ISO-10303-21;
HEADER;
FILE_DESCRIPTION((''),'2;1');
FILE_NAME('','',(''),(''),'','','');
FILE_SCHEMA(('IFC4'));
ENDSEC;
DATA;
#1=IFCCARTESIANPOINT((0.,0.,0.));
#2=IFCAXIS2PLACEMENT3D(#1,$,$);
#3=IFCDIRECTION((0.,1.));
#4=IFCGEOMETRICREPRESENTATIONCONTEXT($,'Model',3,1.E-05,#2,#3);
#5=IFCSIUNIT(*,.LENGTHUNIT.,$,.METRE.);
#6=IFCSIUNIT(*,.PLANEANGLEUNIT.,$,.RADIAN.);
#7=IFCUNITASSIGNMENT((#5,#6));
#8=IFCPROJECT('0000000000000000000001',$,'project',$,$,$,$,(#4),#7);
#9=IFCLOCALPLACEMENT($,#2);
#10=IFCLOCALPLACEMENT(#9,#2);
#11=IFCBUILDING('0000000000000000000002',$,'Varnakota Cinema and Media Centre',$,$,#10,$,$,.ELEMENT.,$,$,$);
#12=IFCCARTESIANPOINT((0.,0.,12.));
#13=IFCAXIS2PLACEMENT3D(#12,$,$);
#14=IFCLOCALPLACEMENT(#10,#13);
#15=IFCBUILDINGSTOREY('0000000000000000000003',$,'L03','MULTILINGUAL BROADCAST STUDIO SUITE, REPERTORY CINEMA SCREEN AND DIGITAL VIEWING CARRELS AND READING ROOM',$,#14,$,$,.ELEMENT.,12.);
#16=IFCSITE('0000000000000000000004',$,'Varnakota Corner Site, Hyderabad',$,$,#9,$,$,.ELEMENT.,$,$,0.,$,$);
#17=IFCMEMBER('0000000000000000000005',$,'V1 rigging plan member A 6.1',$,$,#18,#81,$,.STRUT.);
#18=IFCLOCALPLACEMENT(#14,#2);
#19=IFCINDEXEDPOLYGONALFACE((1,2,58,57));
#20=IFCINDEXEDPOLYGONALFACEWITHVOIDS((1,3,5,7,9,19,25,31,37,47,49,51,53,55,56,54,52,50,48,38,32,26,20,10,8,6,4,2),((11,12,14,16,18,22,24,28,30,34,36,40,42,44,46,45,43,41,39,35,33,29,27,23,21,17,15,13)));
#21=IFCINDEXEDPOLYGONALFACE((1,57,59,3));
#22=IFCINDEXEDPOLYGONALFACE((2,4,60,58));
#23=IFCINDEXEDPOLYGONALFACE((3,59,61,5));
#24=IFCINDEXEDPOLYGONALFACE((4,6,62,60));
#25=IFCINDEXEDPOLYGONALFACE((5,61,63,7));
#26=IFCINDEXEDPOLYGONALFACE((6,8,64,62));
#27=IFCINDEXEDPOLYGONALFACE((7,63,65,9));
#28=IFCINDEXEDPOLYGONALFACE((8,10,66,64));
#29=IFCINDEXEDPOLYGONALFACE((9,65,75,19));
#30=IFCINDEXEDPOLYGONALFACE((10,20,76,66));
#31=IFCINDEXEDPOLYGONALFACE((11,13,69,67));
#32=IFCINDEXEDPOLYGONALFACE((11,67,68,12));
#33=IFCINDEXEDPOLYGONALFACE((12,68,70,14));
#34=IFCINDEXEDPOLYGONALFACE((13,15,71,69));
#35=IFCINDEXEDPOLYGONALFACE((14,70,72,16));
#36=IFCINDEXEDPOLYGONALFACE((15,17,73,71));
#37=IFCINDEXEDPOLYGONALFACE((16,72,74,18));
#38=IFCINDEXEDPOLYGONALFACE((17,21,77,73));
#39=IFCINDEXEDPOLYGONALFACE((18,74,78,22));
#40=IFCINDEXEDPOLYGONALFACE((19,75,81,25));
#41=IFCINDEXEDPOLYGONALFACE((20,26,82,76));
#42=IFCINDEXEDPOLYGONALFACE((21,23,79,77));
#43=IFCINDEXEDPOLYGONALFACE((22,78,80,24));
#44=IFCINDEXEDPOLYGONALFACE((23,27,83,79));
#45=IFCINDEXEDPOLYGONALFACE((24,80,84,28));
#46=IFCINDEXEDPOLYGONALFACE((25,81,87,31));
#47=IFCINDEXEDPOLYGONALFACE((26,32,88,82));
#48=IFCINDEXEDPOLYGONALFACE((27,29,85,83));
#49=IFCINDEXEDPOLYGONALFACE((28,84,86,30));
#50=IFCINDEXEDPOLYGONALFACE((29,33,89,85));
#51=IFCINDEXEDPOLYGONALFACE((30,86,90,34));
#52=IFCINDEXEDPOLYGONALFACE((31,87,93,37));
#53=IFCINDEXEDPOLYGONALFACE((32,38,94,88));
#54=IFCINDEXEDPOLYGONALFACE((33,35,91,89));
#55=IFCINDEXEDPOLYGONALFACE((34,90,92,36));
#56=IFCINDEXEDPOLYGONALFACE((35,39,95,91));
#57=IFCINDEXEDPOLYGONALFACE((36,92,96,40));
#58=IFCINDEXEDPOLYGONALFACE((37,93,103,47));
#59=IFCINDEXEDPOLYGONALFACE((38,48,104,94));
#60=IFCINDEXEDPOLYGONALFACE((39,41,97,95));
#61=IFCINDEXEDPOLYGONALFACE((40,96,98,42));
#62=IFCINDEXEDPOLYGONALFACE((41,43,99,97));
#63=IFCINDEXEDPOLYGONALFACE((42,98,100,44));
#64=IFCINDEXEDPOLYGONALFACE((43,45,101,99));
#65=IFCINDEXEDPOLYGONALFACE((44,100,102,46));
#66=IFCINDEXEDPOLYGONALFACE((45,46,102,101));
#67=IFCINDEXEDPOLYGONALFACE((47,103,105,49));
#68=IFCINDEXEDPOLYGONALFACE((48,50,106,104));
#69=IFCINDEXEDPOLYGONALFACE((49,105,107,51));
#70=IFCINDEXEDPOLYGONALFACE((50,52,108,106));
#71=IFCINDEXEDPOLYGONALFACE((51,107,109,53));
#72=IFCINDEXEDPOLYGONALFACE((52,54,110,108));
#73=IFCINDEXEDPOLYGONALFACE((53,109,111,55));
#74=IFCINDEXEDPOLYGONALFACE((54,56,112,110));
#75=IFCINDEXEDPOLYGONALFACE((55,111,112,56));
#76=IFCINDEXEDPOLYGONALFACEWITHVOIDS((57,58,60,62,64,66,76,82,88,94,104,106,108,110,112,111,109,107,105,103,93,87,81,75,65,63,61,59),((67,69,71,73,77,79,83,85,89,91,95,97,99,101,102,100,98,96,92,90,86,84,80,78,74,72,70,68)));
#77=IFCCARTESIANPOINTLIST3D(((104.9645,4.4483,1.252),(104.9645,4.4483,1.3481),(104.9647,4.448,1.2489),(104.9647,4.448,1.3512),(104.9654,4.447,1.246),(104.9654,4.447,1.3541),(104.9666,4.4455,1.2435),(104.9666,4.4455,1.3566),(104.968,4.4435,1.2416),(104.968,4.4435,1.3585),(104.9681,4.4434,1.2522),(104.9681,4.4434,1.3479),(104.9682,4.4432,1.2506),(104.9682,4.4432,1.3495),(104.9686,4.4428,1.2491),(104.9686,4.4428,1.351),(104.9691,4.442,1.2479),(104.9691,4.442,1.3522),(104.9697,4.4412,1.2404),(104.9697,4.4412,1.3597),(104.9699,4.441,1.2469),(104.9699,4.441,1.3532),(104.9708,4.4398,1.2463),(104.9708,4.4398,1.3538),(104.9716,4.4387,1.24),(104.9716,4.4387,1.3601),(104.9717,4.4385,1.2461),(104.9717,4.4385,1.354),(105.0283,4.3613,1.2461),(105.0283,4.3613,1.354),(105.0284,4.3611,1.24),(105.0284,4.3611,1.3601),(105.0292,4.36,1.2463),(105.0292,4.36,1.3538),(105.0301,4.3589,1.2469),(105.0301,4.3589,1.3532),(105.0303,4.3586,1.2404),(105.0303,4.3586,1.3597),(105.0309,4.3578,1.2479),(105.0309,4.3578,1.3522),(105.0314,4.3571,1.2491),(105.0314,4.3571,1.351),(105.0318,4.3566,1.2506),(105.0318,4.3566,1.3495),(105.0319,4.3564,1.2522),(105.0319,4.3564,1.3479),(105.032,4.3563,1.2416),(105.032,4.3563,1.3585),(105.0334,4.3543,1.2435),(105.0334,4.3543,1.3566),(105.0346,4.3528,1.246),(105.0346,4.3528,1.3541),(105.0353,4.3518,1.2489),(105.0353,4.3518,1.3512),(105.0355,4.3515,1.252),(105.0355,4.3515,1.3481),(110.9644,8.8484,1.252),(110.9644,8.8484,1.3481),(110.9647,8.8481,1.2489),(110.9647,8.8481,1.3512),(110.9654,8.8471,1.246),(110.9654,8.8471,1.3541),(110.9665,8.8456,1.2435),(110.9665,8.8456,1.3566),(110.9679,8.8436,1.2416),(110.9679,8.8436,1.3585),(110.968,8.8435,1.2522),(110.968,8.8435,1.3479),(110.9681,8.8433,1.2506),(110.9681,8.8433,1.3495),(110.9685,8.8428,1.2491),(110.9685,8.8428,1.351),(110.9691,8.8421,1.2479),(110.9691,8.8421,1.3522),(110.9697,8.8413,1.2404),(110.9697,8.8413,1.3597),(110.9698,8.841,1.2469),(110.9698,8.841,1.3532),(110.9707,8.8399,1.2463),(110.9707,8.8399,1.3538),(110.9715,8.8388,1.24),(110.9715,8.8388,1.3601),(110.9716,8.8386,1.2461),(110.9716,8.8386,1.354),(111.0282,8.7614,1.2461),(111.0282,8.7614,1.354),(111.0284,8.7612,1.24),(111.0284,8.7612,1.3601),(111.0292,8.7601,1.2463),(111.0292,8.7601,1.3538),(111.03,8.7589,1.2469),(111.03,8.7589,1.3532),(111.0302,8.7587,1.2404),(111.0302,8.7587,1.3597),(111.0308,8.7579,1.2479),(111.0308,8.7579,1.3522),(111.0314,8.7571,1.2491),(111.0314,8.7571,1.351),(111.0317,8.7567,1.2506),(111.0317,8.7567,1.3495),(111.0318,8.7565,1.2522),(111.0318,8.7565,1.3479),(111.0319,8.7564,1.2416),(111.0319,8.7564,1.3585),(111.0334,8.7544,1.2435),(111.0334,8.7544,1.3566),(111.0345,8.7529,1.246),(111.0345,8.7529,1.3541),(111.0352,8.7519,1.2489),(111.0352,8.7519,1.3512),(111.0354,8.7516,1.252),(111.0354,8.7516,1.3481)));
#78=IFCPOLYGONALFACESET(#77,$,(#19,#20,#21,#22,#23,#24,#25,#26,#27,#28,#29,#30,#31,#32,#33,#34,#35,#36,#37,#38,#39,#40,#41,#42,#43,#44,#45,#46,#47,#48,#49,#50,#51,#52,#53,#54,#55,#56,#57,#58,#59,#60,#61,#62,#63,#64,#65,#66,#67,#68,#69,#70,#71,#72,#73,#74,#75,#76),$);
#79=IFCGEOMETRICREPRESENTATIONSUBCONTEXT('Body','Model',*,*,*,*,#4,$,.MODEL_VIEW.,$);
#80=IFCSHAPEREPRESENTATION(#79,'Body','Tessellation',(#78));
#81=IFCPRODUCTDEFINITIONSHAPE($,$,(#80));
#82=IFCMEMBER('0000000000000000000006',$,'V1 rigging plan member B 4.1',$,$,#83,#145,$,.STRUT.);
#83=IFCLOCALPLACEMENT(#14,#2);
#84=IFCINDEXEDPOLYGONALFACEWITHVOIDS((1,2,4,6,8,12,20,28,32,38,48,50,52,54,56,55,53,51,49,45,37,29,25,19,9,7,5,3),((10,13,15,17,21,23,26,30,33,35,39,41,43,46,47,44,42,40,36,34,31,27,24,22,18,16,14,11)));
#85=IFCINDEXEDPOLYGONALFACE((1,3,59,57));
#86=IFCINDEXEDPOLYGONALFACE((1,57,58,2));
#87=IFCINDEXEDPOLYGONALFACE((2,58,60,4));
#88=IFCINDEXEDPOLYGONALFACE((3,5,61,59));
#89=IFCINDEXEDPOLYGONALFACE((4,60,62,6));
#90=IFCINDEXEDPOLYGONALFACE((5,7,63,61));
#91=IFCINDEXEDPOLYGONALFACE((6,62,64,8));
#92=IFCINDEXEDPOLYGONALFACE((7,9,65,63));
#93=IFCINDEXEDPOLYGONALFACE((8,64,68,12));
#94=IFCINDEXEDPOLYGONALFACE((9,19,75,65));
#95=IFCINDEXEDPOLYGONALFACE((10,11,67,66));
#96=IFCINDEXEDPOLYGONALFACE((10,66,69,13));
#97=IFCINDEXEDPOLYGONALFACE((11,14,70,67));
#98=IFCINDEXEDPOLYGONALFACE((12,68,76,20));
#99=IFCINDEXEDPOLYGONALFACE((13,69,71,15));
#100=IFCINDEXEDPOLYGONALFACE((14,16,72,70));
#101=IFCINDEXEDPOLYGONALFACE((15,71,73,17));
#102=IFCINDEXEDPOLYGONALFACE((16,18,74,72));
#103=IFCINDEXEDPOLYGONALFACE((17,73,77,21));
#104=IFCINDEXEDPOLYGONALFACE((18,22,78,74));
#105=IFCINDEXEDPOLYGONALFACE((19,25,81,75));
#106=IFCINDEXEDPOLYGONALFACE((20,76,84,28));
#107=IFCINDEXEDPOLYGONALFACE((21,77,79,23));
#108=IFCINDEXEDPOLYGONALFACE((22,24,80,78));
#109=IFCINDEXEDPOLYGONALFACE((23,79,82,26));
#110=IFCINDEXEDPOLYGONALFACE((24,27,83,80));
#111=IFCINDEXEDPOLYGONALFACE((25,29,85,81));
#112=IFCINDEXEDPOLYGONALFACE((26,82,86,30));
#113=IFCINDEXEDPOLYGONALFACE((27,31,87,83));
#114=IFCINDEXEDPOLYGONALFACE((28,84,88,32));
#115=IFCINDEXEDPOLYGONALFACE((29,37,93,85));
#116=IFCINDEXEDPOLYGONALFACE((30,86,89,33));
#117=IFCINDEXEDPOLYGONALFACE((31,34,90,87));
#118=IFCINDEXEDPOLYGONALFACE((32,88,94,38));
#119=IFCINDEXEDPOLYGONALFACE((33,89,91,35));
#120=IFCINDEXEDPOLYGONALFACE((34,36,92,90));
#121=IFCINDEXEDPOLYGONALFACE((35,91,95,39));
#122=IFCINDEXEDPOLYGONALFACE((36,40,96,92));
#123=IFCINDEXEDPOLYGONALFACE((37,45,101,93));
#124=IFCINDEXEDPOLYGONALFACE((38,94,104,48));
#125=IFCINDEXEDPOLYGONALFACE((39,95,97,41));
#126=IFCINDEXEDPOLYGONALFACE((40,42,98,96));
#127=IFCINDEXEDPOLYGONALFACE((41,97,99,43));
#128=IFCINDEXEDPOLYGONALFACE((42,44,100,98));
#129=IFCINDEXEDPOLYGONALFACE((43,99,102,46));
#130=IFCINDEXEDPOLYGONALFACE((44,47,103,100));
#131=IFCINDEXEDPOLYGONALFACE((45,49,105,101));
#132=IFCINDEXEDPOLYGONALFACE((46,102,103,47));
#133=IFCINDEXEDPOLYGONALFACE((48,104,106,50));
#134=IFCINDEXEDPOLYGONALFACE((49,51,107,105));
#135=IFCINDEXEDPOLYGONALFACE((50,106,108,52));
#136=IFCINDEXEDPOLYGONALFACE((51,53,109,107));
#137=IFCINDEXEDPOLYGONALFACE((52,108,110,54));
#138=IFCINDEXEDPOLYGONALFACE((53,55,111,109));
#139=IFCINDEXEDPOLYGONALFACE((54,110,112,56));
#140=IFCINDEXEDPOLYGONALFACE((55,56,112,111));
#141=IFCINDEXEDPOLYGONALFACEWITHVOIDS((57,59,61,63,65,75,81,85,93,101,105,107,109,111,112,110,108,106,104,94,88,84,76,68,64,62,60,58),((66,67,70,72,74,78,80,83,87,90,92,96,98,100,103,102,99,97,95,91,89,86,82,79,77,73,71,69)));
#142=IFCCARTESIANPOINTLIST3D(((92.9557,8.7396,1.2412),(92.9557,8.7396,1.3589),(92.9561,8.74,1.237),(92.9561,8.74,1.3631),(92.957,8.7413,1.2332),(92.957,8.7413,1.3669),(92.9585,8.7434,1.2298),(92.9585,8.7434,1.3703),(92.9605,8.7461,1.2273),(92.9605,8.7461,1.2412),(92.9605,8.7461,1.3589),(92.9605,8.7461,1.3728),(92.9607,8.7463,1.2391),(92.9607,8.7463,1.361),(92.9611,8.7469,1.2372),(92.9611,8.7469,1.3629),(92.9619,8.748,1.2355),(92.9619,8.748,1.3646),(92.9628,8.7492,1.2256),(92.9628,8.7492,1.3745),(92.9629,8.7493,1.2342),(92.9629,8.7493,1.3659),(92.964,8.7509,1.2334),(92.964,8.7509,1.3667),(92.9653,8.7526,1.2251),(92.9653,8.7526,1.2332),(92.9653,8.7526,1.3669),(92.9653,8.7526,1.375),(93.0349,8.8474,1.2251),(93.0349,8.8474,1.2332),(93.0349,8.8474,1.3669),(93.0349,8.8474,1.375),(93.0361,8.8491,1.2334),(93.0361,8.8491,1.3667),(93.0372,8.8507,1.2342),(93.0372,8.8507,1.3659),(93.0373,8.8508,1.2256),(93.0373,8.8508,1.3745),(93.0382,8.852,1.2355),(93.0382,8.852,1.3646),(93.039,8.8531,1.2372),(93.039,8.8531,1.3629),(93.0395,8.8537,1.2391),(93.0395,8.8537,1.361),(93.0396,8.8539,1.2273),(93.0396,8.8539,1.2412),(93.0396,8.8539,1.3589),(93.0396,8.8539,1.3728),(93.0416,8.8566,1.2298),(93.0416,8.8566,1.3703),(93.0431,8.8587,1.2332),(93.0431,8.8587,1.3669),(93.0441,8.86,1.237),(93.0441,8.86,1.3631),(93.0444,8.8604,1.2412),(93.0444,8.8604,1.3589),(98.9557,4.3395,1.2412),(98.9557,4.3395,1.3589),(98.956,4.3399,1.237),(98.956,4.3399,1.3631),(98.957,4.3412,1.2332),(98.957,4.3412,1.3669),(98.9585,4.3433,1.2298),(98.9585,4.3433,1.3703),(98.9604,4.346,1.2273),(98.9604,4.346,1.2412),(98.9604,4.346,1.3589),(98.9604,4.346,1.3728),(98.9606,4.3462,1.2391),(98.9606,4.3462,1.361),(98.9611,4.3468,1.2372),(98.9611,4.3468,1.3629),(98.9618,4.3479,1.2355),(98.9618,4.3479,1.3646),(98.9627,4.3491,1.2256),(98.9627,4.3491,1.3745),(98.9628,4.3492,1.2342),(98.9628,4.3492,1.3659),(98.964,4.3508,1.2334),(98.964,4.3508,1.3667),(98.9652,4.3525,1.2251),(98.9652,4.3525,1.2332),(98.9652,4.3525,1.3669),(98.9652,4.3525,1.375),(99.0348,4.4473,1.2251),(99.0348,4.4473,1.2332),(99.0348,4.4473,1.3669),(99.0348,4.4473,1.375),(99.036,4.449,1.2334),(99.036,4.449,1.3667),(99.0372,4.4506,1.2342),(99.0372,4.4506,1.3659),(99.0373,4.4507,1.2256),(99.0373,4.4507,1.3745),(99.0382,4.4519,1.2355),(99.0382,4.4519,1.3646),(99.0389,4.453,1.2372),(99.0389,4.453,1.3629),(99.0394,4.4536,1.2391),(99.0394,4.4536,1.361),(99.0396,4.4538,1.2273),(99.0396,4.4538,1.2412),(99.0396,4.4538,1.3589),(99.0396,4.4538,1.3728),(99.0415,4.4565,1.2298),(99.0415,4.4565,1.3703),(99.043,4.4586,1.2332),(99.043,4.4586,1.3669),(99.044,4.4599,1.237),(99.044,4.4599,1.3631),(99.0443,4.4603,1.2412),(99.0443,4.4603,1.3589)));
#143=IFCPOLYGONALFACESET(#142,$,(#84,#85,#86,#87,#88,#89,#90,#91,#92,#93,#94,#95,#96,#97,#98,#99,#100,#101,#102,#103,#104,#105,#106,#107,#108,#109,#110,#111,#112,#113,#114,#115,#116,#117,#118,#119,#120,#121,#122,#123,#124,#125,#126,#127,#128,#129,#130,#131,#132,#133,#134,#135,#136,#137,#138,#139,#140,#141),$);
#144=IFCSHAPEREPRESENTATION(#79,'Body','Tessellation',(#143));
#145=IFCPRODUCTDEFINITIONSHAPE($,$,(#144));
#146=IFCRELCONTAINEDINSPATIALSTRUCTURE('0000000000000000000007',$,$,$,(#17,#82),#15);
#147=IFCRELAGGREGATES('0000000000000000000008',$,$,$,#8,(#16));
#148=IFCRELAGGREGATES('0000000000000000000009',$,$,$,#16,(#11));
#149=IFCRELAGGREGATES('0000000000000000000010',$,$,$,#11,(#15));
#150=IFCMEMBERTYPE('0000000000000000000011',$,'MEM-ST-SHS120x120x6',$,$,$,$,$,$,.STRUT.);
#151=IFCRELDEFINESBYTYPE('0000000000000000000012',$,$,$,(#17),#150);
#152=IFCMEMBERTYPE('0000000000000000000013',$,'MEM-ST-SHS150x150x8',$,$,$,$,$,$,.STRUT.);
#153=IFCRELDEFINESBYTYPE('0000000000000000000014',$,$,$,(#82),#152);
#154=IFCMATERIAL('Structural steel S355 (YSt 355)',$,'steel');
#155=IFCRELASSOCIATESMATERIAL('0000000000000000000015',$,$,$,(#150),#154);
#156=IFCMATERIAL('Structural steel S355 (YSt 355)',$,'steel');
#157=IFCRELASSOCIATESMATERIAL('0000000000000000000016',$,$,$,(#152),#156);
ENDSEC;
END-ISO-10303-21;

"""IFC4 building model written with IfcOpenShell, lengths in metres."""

from ifc_helpers import new_model, si_unit, direction, frame, origin, origin_2d, place, context, subcontext, project, spatial, hollow_rectangle, extrude, material, material_profile, profile_set, type_object, element, save


model = new_model("IFC4")

# Units and contexts
model_context = context("Model", 3, precision=1e-05, world=origin(), true_north=direction((0.0, 1.0)))
body_context = subcontext(model_context, "Body", "Model", "MODEL_VIEW")
ifc_project = project(units=[si_unit("LENGTHUNIT", "METRE"), si_unit("PLANEANGLEUNIT", "RADIAN")], contexts=[model_context])

# Site, building, storey
site_placement = place(None, origin())
site = spatial("IfcSite", under=ifc_project, at=site_placement, Name="Varnakota Corner Site, Hyderabad", CompositionType="ELEMENT", RefElevation=0.0)
building_placement = place(site_placement, origin())
building = spatial("IfcBuilding", under=site, at=building_placement, Name="Varnakota Cinema and Media Centre", CompositionType="ELEMENT")
storey_placement = place(building_placement, frame((0.0, 0.0, 12.0)))
storey = spatial("IfcBuildingStorey", under=building, at=storey_placement, Name="L03", Description="MULTILINGUAL BROADCAST STUDIO SUITE, REPERTORY CINEMA SCREEN AND DIGITAL VIEWING CARRELS AND READING ROOM", CompositionType="ELEMENT", Elevation=12.0)

# Members
ifc_material_1 = material(Name="Structural steel S355 (YSt 355)", Category="steel")
ifc_material_profile_1 = material_profile(ifc_material_1, hollow_rectangle(XDim=0.1201, YDim=0.1201, WallThickness=0.0061, InnerFilletRadius=0.0061, OuterFilletRadius=0.012, at=origin_2d()), Name="SHS 120x120x6")
ifc_profile_set_1 = profile_set([ifc_material_profile_1], Name="Structural steel S355 (YSt 355)")
member_type_1 = type_object("IfcMemberType", Name="MEM-ST-SHS120x120x6", PredefinedType="STRUT", material=ifc_profile_set_1)
member_1_placement = place(storey_placement, frame((105.0, 4.3999, 1.3), z_axis=(0.806396, 0.591376, 0.0), x_axis=(-0.591376, 0.806396, 0.0)))
element("IfcMember", 1, at=member_1_placement, inside=storey, type_object=member_type_1, Name="V1 rigging plan member A 6.1", PredefinedType="STRUT", context=body_context, shape_type="SweptSolid", body=[
    extrude(hollow_rectangle(XDim=0.1201, YDim=0.1201, WallThickness=0.0061, InnerFilletRadius=0.0061, OuterFilletRadius=0.012, at=origin_2d()), origin(), (0.0, 0.0, 1.0), 7.4404),
])
ifc_material_2 = material(Name="Structural steel S355 (YSt 355)", Category="steel")
ifc_material_profile_2 = material_profile(ifc_material_2, hollow_rectangle(XDim=0.1499, YDim=0.1499, WallThickness=0.0081, InnerFilletRadius=0.0081, OuterFilletRadius=0.0161, at=origin_2d()), Name="SHS 150x150x8")
ifc_profile_set_2 = profile_set([ifc_material_profile_2], Name="Structural steel S355 (YSt 355)")
member_type_2 = type_object("IfcMemberType", Name="MEM-ST-SHS150x150x8", PredefinedType="STRUT", material=ifc_profile_set_2)
member_2_placement = place(storey_placement, frame((99.0, 4.3999, 1.3), z_axis=(-0.806396, 0.591376, 0.0), x_axis=(-0.591376, -0.806396, 0.0)))
element("IfcMember", 2, at=member_2_placement, inside=storey, type_object=member_type_2, Name="V1 rigging plan member B 4.1", PredefinedType="STRUT", context=body_context, shape_type="SweptSolid", body=[
    extrude(hollow_rectangle(XDim=0.1499, YDim=0.1499, WallThickness=0.0081, InnerFilletRadius=0.0081, OuterFilletRadius=0.0161, at=origin_2d()), origin(), (0.0, 0.0, 1.0), 7.4404),
])

save(model, "model.ifc")
